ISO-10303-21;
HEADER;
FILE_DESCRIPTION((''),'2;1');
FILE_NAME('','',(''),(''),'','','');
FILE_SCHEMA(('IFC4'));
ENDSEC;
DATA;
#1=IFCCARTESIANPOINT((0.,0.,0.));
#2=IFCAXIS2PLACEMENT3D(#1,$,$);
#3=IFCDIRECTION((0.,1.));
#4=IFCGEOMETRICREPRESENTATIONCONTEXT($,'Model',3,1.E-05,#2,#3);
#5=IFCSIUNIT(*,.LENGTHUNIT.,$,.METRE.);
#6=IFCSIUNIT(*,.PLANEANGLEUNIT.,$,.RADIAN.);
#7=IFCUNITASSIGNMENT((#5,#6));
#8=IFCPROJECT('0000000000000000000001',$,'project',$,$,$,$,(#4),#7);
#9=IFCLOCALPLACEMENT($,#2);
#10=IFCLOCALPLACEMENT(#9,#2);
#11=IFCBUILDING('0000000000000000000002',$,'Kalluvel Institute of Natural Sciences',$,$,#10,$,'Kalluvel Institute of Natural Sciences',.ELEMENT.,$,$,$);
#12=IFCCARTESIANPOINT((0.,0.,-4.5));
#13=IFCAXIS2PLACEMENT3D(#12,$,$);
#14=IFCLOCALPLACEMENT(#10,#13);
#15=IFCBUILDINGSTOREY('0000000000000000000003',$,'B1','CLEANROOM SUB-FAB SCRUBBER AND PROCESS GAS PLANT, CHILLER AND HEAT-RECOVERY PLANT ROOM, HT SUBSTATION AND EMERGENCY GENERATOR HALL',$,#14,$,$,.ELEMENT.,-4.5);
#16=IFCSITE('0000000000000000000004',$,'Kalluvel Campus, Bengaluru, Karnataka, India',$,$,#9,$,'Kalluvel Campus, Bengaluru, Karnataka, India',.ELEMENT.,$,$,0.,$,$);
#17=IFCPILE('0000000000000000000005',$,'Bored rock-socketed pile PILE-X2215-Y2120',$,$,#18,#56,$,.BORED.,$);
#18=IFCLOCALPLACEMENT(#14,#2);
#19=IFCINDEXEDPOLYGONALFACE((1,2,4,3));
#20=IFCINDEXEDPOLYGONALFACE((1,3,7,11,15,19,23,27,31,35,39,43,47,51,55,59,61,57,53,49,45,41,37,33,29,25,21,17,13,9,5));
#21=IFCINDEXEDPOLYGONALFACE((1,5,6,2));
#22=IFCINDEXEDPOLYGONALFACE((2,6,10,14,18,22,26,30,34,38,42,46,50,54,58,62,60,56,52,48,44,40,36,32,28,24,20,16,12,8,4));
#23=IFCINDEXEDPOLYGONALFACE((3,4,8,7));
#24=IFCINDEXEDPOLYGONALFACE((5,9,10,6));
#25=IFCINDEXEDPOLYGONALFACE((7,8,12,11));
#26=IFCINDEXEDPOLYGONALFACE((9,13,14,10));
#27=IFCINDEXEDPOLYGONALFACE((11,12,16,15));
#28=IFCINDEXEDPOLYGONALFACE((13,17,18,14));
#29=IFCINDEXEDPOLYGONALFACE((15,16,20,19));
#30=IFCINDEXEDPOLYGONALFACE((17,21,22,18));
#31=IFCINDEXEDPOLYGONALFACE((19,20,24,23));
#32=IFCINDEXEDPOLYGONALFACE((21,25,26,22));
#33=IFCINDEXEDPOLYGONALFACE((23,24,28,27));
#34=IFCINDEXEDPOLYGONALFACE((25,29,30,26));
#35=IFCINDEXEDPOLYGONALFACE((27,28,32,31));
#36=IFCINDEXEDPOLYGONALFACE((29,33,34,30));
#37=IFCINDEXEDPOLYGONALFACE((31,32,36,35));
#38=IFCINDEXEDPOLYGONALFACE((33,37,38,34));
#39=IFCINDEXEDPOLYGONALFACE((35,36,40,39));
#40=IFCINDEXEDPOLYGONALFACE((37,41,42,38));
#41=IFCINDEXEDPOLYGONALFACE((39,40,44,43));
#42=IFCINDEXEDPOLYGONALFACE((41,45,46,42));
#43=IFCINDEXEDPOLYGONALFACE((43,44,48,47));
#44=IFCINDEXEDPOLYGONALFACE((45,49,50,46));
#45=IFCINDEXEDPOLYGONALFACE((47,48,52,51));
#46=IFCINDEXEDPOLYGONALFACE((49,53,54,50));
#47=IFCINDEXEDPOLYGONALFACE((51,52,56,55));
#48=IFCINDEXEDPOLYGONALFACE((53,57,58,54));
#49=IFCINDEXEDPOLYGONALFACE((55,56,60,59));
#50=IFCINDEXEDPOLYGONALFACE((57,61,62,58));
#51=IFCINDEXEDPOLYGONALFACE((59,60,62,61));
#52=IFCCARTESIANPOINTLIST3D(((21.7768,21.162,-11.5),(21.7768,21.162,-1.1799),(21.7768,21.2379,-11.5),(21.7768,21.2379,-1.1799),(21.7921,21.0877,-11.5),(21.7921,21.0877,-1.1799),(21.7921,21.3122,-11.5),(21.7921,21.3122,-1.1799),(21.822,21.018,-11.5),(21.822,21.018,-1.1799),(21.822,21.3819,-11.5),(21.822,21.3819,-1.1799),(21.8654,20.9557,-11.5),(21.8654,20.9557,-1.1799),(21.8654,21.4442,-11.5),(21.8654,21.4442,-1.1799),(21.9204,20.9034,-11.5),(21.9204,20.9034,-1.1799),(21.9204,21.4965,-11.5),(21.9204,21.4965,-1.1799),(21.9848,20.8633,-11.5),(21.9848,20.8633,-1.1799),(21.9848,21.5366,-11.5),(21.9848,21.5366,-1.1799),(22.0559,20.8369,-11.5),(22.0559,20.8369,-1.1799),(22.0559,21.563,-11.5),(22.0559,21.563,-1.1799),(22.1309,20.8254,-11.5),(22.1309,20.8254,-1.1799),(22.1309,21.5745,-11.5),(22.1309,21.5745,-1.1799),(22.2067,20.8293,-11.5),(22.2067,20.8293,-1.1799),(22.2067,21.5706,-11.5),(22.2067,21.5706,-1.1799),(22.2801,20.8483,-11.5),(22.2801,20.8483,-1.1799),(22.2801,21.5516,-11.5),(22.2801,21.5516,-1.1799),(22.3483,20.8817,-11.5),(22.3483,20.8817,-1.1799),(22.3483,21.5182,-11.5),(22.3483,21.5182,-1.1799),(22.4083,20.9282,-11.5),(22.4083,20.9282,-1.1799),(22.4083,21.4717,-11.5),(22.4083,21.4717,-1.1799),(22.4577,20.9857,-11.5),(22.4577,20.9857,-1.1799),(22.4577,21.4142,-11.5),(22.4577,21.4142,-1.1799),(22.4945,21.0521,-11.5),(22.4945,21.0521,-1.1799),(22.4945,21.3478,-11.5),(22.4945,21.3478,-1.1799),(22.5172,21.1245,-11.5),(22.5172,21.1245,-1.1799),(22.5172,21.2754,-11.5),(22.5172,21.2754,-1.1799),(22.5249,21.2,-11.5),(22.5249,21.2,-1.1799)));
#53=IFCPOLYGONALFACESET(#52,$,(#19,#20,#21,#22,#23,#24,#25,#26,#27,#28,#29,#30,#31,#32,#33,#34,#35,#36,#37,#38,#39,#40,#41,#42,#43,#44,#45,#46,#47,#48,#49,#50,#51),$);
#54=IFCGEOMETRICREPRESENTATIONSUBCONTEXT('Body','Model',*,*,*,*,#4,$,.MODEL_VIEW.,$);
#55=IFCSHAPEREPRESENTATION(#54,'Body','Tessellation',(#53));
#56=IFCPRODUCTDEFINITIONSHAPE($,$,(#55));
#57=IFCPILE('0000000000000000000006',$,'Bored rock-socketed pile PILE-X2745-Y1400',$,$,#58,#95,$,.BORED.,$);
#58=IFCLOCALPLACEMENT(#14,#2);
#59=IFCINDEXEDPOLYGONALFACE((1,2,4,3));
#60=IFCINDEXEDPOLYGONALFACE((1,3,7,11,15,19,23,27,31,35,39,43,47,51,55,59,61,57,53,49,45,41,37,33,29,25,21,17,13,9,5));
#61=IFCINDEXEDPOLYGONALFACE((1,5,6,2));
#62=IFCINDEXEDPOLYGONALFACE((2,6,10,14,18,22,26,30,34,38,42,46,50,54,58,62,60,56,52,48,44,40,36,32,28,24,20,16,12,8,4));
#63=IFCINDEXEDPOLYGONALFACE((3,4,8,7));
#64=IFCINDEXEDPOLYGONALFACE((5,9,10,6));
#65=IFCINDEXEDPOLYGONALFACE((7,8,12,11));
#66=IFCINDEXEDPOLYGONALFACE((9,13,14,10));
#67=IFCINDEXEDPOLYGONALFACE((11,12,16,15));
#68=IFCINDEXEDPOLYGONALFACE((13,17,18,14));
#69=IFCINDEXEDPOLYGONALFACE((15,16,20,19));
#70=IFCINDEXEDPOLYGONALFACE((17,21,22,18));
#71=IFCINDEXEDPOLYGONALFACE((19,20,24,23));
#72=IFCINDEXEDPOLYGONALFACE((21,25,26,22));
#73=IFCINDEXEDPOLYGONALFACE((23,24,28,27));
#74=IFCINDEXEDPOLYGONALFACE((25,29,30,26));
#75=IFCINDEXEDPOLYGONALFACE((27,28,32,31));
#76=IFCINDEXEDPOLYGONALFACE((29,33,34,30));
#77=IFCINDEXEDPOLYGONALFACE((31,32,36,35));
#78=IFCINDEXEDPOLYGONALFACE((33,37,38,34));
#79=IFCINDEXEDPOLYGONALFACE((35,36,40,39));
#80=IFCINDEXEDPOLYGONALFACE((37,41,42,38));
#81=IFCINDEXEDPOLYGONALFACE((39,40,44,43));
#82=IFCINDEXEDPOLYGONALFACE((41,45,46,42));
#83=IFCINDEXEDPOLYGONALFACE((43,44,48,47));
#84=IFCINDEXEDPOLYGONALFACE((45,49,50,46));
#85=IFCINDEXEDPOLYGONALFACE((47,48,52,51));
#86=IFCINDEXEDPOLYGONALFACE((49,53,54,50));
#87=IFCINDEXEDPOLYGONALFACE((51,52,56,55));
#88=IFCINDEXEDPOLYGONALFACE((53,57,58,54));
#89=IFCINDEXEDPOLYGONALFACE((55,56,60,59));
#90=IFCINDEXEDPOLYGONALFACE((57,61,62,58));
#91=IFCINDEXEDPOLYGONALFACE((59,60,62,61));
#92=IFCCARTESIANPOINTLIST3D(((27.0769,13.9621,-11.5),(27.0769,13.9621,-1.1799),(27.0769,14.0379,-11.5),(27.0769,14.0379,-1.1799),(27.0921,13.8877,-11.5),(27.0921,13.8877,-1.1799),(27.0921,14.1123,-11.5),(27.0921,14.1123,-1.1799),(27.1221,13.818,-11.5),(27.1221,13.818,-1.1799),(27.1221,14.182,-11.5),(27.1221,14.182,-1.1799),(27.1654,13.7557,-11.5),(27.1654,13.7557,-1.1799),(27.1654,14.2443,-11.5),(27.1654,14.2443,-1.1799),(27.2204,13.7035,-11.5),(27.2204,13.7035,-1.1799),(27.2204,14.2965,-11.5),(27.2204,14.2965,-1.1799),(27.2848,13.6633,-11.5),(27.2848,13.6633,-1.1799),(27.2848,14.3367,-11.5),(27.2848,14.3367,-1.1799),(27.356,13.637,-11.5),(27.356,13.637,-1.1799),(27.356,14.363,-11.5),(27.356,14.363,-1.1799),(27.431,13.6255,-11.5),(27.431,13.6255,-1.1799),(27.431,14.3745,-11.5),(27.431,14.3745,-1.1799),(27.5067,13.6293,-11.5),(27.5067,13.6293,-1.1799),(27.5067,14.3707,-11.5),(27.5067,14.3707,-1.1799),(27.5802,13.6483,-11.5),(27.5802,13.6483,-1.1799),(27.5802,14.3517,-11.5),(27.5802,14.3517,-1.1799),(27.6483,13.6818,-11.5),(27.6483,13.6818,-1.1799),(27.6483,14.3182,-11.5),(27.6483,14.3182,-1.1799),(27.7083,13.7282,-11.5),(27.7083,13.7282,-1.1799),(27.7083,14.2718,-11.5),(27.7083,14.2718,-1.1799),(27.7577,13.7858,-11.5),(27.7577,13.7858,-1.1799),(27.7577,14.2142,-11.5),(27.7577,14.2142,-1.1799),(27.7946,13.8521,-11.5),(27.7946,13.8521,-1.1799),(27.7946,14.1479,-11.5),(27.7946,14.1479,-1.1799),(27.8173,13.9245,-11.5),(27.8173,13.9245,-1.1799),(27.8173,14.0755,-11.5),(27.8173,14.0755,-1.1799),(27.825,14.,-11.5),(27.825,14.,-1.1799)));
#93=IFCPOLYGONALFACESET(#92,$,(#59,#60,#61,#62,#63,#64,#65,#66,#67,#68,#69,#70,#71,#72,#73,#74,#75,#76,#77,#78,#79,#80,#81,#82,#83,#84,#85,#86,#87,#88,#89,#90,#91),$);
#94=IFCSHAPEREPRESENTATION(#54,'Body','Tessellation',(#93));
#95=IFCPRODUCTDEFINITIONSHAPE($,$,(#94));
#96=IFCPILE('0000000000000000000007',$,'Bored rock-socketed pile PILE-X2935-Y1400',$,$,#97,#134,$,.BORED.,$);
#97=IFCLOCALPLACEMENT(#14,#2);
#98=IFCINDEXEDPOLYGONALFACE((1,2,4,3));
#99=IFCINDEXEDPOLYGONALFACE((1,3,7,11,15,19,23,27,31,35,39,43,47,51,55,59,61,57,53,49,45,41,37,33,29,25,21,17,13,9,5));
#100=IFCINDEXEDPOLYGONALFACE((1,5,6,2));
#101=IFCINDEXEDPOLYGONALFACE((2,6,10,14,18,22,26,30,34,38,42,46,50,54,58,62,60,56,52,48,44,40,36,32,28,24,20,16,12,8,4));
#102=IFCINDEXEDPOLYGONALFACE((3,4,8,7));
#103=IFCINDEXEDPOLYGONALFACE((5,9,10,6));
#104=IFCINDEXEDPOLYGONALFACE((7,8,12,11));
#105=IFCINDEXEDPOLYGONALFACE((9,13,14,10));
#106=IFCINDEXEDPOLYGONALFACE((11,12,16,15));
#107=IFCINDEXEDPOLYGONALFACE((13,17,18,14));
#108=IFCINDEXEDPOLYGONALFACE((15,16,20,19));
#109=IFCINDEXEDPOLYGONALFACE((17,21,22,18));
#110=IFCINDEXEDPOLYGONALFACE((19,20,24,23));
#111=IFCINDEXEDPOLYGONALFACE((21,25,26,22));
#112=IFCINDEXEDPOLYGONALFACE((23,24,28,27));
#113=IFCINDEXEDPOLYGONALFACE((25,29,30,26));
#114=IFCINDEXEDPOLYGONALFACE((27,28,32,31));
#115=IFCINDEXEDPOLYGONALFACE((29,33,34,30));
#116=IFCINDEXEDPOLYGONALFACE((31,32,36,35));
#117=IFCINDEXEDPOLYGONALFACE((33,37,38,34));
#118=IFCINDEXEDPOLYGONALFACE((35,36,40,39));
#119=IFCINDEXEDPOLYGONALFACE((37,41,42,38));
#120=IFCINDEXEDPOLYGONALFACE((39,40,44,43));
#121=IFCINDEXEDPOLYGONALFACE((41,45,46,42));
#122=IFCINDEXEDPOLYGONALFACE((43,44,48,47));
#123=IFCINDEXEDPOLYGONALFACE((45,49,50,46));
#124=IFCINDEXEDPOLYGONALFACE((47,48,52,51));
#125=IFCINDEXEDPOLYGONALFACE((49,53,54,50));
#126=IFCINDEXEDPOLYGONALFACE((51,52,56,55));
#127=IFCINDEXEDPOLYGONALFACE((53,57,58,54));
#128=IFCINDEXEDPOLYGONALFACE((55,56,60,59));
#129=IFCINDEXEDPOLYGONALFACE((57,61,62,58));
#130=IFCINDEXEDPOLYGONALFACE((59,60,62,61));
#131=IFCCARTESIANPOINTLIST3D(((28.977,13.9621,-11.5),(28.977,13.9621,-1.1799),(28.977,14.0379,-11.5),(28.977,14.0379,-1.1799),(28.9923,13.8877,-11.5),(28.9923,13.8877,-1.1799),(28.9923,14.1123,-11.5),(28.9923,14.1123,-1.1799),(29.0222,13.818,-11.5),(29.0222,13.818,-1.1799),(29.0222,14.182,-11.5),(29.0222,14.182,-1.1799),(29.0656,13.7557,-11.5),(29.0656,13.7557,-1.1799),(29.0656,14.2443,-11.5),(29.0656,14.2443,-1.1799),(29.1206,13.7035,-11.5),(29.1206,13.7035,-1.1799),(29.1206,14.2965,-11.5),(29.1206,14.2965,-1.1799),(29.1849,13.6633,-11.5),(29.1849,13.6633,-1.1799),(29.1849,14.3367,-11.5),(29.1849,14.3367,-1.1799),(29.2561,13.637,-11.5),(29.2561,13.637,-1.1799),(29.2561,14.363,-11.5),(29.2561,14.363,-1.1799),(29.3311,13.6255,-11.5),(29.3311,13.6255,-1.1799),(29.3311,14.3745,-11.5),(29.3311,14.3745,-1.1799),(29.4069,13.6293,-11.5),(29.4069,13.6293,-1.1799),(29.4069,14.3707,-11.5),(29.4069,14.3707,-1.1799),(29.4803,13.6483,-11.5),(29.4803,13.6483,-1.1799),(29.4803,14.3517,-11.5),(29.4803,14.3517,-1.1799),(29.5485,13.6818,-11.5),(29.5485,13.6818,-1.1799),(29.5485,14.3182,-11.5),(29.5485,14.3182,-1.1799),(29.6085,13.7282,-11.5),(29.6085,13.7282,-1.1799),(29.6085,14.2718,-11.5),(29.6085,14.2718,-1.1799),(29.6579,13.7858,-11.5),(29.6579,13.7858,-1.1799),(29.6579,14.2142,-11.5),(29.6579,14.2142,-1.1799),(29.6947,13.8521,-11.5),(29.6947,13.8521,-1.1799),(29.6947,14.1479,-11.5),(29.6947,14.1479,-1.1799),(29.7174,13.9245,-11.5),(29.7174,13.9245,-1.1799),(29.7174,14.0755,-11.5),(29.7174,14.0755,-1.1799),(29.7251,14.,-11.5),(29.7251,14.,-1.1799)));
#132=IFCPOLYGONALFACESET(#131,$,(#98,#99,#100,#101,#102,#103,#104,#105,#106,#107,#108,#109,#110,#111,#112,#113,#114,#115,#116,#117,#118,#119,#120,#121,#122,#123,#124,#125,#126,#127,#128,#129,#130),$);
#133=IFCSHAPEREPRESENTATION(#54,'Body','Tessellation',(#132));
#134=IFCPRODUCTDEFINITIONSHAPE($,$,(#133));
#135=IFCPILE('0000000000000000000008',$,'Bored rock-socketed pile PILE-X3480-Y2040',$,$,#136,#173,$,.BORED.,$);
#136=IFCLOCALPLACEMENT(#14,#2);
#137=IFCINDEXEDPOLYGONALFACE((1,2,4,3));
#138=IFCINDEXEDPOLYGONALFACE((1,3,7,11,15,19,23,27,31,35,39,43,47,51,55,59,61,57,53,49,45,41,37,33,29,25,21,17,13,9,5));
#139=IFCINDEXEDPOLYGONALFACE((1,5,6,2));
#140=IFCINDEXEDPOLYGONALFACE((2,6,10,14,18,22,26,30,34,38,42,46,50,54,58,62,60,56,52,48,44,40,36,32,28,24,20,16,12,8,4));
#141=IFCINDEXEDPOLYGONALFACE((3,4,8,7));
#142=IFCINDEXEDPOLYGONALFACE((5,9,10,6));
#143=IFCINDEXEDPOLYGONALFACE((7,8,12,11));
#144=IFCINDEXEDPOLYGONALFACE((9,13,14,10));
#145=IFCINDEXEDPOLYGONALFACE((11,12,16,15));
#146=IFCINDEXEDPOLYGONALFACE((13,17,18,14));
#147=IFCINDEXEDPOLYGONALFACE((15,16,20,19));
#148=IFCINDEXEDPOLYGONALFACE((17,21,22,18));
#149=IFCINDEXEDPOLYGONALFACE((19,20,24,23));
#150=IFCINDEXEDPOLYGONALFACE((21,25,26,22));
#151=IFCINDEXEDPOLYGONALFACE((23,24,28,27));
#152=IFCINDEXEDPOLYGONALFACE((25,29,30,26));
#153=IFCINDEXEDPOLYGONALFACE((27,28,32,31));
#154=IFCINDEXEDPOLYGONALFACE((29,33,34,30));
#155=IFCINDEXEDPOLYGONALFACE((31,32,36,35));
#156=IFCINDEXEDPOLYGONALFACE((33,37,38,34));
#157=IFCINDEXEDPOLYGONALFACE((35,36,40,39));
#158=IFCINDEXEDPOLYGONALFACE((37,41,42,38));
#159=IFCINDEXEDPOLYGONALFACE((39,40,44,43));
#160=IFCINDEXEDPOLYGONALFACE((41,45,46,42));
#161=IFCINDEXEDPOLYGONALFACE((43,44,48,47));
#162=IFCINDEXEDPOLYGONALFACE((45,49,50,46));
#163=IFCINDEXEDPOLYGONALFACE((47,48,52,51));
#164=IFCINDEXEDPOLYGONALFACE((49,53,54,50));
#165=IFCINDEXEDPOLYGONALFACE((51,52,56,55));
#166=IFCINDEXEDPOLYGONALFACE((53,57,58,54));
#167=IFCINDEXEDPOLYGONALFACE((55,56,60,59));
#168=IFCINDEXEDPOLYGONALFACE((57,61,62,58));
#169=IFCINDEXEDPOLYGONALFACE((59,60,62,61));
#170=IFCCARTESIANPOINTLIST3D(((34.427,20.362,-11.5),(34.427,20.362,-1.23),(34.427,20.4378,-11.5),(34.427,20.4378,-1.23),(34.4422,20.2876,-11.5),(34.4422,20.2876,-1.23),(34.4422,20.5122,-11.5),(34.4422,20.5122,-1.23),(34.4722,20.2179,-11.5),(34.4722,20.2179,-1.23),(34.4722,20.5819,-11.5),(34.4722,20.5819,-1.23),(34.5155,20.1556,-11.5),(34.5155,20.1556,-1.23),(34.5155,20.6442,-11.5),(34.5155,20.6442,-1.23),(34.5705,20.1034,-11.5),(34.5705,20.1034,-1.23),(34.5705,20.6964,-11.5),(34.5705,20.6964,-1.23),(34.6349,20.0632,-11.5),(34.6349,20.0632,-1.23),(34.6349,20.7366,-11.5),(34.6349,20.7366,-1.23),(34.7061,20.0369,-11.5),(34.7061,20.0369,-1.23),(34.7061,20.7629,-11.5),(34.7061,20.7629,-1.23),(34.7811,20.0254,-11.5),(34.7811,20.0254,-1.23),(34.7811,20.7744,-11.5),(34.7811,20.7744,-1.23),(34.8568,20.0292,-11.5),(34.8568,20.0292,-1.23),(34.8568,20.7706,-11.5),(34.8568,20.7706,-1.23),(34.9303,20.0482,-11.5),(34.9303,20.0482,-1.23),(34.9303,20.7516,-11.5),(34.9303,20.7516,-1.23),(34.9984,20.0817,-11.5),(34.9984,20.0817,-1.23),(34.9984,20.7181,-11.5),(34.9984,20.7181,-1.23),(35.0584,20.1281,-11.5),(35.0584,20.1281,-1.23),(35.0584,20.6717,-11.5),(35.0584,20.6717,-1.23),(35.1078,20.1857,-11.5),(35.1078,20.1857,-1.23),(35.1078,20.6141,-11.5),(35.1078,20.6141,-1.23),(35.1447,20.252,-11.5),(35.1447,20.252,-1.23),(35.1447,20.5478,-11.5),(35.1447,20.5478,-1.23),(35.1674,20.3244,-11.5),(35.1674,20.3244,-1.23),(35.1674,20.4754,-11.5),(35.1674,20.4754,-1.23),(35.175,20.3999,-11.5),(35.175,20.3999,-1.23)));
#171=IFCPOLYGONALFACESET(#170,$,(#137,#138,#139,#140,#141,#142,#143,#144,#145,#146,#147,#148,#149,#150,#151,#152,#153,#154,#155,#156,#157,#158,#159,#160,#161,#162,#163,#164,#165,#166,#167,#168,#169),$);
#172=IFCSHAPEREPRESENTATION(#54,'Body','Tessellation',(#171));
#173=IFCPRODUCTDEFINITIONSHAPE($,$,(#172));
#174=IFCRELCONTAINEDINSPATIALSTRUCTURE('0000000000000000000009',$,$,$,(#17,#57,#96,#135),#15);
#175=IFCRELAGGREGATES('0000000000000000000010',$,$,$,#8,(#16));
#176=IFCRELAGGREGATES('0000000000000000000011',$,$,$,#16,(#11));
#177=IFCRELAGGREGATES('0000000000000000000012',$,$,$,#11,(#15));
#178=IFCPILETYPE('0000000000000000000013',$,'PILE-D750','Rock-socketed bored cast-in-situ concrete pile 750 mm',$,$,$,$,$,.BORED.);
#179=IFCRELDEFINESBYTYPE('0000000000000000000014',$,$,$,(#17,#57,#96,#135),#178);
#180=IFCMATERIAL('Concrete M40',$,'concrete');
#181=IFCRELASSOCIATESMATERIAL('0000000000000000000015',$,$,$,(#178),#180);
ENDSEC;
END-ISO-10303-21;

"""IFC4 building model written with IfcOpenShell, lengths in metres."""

from ifc_helpers import new_model, si_unit, direction, frame, origin, origin_2d, place, context, subcontext, project, spatial, circle, extrude, material, material_profile, profile_set, type_object, element, save


model = new_model("IFC4")

# Units and contexts
model_context = context("Model", 3, precision=1e-05, world=origin(), true_north=direction((0.0, 1.0)))
body_context = subcontext(model_context, "Body", "Model", "MODEL_VIEW")
ifc_project = project(units=[si_unit("LENGTHUNIT", "METRE"), si_unit("PLANEANGLEUNIT", "RADIAN")], contexts=[model_context])

# Site, building, storey
site_placement = place(None, origin())
site = spatial("IfcSite", under=ifc_project, at=site_placement, Name="Kalluvel Campus, Bengaluru, Karnataka, India", LongName="Kalluvel Campus, Bengaluru, Karnataka, India", CompositionType="ELEMENT", RefElevation=0.0)
building_placement = place(site_placement, origin())
building = spatial("IfcBuilding", under=site, at=building_placement, Name="Kalluvel Institute of Natural Sciences", LongName="Kalluvel Institute of Natural Sciences", CompositionType="ELEMENT")
storey_placement = place(building_placement, frame((0.0, 0.0, -4.5)))
storey = spatial("IfcBuildingStorey", under=building, at=storey_placement, Name="B1", Description="CLEANROOM SUB-FAB SCRUBBER AND PROCESS GAS PLANT, CHILLER AND HEAT-RECOVERY PLANT ROOM, HT SUBSTATION AND EMERGENCY GENERATOR HALL", CompositionType="ELEMENT", Elevation=-4.5)

# Shared definitions
ifc_material_1 = material(Name="Concrete M40", Category="concrete")

# Piles
ifc_material_profile_1 = material_profile(ifc_material_1, circle(Radius=0.375, at=origin_2d()), Name="PILE D750")
ifc_profile_set_1 = profile_set([ifc_material_profile_1], Name="Concrete M40")
pile_type_1 = type_object("IfcPileType", Name="PILE-D750", Description="Rock-socketed bored cast-in-situ concrete pile 750 mm", PredefinedType="BORED", material=ifc_profile_set_1)
for number, where, z_axis, x_axis, name in (
    (1, (22.1499, 21.2, -1.1799), (0.0, 0.0, -1.0), (1.0, 0.0, 0.0), "Bored rock-socketed pile PILE-X2215-Y2120"),
    (2, (27.45, 14.0, -1.1799), (0.0, 0.0, -1.0), (1.0, 0.0, 0.0), "Bored rock-socketed pile PILE-X2745-Y1400"),
    (3, (29.3501, 14.0, -1.1799), (0.0, 0.0, -1.0), (1.0, 0.0, 0.0), "Bored rock-socketed pile PILE-X2935-Y1400"),
):
    element("IfcPile", number, at=place(storey_placement, frame(where, z_axis=z_axis, x_axis=x_axis)), inside=storey, type_object=pile_type_1, Name=name, PredefinedType="BORED", context=body_context, shape_type="SweptSolid", body=[
        extrude(circle(Radius=0.375, at=origin_2d()), origin(), (0.0, 0.0, 1.0), 10.3201),
    ])
pile_1_placement = place(storey_placement, frame((34.8, 20.3999, -1.23), z_axis=(0.0, 0.0, -1.0), x_axis=(1.0, 0.0, 0.0)))
element("IfcPile", 4, at=pile_1_placement, inside=storey, type_object=pile_type_1, Name="Bored rock-socketed pile PILE-X3480-Y2040", PredefinedType="BORED", context=body_context, shape_type="SweptSolid", body=[
    extrude(circle(Radius=0.375, at=origin_2d()), origin(), (0.0, 0.0, 1.0), 10.27),
])

save(model, "model.ifc")
